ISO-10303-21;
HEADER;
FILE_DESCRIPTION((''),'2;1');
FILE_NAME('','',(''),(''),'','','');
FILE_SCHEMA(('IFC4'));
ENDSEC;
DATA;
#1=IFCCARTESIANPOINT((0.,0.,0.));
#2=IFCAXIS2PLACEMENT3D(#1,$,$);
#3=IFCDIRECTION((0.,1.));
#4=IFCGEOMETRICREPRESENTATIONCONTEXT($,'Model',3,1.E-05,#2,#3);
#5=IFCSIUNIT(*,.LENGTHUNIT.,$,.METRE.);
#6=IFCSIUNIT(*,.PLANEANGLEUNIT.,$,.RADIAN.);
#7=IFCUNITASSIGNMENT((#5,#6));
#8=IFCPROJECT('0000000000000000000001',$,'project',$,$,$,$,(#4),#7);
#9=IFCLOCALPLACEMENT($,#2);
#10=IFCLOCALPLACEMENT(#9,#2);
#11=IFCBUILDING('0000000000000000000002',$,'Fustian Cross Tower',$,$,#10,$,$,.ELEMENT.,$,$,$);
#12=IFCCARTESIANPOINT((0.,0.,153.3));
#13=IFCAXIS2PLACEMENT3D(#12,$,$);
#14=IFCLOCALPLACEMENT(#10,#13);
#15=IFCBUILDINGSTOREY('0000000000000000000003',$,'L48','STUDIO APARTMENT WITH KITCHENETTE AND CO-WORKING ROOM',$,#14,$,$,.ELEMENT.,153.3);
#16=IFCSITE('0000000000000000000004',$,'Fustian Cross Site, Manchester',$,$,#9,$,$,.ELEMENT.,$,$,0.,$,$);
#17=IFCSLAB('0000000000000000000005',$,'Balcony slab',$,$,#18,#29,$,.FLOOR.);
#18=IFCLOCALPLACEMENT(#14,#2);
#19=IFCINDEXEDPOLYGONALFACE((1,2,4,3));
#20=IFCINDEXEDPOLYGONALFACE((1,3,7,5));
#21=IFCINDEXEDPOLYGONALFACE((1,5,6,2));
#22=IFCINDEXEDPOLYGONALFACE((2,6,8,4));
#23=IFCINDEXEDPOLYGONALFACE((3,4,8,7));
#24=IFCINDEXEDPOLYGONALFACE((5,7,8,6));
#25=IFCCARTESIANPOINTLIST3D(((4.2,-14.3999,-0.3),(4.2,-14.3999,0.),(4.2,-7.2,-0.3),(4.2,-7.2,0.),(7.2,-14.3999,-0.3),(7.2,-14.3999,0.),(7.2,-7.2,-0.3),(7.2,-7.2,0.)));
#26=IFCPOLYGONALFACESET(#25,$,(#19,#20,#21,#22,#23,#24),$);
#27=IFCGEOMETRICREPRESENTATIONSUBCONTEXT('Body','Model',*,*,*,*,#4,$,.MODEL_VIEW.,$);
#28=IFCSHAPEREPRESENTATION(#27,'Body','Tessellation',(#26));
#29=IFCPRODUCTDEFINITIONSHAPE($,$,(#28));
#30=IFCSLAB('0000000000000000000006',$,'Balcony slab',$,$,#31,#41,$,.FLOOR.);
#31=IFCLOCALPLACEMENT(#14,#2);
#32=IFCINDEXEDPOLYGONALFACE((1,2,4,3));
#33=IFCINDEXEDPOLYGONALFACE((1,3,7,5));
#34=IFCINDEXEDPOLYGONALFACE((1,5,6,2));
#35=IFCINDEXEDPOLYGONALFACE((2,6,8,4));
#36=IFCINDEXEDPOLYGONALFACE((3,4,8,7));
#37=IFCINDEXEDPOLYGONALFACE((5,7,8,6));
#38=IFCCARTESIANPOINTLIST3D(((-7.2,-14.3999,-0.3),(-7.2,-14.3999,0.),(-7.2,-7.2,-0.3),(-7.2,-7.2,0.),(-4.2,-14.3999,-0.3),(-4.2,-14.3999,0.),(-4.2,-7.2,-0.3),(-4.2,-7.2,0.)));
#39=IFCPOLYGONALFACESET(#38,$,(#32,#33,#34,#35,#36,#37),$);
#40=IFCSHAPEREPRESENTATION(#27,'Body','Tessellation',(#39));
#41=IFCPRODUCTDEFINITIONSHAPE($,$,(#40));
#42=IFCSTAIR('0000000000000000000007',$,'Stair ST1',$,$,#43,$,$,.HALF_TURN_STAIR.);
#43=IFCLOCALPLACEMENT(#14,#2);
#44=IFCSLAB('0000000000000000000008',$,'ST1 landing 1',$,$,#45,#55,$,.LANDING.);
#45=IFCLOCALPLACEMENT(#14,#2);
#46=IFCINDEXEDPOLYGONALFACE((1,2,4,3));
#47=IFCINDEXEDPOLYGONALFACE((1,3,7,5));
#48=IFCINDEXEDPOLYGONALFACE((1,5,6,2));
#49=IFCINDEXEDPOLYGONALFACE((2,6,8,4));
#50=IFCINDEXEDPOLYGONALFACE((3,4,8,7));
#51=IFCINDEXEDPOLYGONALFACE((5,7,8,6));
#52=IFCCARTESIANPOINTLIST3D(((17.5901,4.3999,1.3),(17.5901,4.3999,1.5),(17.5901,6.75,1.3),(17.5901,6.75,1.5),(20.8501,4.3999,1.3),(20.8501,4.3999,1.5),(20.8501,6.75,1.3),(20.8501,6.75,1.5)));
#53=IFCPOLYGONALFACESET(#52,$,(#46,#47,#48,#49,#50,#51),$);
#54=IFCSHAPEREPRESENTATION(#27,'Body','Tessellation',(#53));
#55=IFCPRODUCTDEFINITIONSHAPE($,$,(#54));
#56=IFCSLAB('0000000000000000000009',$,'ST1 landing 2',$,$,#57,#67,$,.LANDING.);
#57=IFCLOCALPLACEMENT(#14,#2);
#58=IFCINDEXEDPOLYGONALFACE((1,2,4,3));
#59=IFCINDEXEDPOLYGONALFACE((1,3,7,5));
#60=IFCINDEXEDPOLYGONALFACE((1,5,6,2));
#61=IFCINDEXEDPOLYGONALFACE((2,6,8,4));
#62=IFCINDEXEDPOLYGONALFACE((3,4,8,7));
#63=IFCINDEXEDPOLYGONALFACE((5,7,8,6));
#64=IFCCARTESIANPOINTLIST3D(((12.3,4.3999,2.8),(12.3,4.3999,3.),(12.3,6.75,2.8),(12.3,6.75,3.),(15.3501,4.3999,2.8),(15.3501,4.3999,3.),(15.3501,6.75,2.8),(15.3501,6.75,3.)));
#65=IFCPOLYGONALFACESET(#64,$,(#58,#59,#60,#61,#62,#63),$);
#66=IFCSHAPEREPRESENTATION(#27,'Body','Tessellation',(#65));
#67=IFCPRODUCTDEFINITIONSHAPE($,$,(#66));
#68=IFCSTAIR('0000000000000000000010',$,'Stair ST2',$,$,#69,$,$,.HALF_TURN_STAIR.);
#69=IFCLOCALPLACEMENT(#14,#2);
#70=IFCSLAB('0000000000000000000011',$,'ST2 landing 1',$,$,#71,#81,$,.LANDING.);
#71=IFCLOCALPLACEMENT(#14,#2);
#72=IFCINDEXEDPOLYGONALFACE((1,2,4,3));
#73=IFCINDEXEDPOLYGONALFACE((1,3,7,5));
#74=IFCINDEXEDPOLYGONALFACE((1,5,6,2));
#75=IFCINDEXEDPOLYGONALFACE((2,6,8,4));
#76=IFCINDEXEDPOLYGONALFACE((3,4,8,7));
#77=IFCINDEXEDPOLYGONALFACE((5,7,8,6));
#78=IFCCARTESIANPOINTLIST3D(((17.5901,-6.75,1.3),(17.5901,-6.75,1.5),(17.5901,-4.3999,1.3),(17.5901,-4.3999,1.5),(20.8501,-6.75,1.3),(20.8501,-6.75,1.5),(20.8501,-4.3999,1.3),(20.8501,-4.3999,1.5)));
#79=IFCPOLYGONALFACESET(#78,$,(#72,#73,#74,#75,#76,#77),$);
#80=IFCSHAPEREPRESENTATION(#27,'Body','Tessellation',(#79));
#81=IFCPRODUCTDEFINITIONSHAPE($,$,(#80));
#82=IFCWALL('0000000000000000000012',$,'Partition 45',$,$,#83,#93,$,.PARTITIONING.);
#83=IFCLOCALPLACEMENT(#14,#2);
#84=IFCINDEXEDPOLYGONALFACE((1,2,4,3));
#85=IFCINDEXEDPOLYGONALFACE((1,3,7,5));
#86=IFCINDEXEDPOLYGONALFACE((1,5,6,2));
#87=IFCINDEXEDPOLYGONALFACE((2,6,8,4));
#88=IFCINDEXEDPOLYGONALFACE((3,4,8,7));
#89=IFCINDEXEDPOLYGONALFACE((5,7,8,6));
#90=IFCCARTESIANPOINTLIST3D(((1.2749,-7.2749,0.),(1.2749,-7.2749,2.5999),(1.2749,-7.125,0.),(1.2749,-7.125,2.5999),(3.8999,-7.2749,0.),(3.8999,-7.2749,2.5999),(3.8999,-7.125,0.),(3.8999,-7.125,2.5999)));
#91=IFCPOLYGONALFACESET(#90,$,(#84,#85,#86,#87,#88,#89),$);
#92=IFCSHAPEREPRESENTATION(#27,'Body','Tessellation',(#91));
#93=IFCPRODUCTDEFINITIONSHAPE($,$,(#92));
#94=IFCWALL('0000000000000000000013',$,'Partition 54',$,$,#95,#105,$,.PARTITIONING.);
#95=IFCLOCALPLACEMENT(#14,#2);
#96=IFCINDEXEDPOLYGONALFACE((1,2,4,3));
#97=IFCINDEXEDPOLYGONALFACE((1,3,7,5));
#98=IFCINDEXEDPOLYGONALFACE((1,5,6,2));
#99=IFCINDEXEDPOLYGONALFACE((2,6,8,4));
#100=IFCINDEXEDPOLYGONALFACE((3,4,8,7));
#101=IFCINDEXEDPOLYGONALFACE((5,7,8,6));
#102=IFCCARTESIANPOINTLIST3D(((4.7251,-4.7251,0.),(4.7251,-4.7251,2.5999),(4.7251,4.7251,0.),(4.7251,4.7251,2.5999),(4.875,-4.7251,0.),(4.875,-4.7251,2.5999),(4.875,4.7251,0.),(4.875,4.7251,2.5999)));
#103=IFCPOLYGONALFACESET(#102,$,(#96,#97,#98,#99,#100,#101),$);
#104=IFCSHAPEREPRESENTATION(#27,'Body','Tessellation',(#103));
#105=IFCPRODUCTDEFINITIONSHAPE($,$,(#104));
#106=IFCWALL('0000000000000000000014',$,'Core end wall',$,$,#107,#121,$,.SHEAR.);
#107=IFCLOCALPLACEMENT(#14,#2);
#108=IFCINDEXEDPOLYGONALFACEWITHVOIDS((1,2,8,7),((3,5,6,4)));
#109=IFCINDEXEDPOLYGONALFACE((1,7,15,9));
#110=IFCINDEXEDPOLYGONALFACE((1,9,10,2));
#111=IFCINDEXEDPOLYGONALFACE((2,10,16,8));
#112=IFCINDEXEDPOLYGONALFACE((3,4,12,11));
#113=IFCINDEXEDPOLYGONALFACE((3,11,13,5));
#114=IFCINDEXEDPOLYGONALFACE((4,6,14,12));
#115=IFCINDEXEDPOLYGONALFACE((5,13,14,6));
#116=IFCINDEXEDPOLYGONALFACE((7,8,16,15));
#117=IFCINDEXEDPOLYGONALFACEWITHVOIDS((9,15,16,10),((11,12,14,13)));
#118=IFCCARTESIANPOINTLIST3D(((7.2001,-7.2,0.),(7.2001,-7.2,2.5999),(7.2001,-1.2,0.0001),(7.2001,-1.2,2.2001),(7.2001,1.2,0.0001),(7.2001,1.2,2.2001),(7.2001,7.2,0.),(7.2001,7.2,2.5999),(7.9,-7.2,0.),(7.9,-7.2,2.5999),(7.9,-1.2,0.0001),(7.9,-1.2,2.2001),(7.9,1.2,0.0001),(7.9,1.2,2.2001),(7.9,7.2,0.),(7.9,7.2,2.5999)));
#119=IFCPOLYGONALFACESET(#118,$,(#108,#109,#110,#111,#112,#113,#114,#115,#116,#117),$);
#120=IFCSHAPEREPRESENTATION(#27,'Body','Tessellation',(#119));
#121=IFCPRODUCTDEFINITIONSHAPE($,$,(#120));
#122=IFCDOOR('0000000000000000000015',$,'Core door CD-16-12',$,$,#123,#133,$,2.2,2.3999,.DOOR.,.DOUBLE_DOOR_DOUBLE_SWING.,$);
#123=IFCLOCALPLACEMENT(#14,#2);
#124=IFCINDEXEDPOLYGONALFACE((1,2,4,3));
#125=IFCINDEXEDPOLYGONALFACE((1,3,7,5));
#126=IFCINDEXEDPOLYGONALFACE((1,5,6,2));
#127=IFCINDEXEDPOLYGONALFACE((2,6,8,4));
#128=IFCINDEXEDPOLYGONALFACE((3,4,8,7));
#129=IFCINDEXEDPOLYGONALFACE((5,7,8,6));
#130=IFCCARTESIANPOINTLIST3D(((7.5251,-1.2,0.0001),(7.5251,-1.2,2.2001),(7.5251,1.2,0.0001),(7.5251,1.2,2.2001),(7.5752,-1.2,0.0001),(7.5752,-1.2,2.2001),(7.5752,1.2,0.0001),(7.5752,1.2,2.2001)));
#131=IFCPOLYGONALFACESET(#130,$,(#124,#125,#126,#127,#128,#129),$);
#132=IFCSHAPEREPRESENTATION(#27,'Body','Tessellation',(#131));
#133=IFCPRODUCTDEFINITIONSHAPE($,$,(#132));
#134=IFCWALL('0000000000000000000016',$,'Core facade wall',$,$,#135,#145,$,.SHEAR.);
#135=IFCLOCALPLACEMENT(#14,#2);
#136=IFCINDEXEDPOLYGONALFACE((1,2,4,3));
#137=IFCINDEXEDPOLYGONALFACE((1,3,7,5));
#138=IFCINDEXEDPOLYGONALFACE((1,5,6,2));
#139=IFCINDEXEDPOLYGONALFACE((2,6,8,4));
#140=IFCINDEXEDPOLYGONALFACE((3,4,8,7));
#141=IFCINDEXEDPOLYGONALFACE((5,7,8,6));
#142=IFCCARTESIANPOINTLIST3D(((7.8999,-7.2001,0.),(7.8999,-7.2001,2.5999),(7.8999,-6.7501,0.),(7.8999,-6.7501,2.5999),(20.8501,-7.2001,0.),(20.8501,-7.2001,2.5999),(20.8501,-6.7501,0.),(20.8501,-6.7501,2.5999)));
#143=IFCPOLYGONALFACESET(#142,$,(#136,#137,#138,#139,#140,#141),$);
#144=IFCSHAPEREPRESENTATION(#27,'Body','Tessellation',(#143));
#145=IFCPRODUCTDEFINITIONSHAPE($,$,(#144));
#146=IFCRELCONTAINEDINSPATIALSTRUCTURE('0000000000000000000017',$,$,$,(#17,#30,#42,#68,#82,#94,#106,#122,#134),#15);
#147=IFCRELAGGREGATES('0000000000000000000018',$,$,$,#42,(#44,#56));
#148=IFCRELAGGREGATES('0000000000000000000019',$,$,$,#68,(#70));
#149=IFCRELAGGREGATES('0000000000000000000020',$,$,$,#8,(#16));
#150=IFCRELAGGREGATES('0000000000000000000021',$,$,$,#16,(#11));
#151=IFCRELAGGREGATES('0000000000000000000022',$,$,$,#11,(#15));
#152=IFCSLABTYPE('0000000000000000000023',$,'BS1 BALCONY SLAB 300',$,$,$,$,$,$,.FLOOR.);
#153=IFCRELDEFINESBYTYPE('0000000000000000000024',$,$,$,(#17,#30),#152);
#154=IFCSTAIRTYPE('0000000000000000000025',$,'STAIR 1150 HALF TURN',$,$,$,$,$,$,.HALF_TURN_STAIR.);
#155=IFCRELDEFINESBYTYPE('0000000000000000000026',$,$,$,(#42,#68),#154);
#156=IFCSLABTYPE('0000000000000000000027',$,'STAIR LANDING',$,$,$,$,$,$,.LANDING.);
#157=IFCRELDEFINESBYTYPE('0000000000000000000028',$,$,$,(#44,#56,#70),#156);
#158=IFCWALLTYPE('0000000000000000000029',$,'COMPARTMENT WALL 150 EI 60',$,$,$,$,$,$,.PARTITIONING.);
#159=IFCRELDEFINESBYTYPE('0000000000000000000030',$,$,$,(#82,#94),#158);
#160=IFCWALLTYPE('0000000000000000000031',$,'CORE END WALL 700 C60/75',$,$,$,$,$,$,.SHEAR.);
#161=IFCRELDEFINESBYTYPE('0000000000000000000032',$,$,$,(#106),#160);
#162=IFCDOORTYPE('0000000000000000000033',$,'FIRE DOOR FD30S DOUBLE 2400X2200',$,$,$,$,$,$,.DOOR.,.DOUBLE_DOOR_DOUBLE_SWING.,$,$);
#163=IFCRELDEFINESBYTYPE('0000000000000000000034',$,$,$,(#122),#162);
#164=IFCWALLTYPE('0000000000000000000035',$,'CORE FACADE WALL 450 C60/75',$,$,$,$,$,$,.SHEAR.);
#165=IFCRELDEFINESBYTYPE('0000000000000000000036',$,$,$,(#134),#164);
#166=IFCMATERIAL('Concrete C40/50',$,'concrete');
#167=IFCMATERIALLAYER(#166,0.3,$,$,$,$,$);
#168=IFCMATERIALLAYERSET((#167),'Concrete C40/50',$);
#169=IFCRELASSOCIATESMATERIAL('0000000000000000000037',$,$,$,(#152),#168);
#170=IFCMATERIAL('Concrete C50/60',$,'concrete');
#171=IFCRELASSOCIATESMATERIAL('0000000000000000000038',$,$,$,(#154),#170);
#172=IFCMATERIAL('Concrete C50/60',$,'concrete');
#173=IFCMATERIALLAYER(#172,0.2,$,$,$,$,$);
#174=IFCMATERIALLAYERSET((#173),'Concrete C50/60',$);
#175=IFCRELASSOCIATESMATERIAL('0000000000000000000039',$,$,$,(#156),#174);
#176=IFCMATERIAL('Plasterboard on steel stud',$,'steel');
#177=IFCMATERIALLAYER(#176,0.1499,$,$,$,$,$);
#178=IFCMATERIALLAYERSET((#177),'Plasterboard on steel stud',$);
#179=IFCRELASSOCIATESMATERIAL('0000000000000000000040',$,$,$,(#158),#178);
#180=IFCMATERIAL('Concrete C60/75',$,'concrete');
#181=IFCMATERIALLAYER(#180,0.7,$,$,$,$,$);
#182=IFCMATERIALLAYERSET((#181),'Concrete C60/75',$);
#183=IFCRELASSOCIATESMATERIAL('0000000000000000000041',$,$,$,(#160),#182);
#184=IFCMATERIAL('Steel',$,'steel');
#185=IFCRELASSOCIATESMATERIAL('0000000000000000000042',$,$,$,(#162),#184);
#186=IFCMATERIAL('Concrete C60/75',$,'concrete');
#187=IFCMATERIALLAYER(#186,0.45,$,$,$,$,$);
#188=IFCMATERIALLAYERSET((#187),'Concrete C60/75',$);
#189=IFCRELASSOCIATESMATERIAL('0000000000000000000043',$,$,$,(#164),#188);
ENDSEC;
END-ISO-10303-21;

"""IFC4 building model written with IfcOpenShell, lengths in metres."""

from ifc_helpers import new_model, si_unit, direction, frame, frame_2d, origin, place, context, subcontext, project, spatial, polyline, rectangle, outline, extrude, material, layer, layer_set, type_object, element, fill, aggregate, save


model = new_model("IFC4")

# Units and contexts
model_context = context("Model", 3, precision=1e-05, world=origin(), true_north=direction((0.0, 1.0)))
body_context = subcontext(model_context, "Body", "Model", "MODEL_VIEW")
ifc_project = project(units=[si_unit("LENGTHUNIT", "METRE"), si_unit("PLANEANGLEUNIT", "RADIAN")], contexts=[model_context])

# Site, building, storey
site_placement = place(None, origin())
site = spatial("IfcSite", under=ifc_project, at=site_placement, Name="Fustian Cross Site, Manchester", CompositionType="ELEMENT", RefElevation=0.0)
building_placement = place(site_placement, origin())
building = spatial("IfcBuilding", under=site, at=building_placement, Name="Fustian Cross Tower", CompositionType="ELEMENT")
storey_placement = place(building_placement, frame((0.0, 0.0, 153.3)))
storey = spatial("IfcBuildingStorey", under=building, at=storey_placement, Name="L48", Description="STUDIO APARTMENT WITH KITCHENETTE AND CO-WORKING ROOM", CompositionType="ELEMENT", Elevation=153.3)

# Slabs
ifc_material_1 = material(Name="Concrete C40/50", Category="concrete")
ifc_layer_1 = layer(ifc_material_1, 0.3)
ifc_layer_set_1 = layer_set([ifc_layer_1], Name="Concrete C40/50")
slab_type_1 = type_object("IfcSlabType", Name="BS1 BALCONY SLAB 300", PredefinedType="FLOOR", material=ifc_layer_set_1)
slab_1_placement = place(storey_placement, frame((0.0, 0.0, -0.3)))
element("IfcSlab", 1, at=slab_1_placement, inside=storey, type_object=slab_type_1, Name="Balcony slab", PredefinedType="FLOOR", context=body_context, shape_type="SweptSolid", body=[
    extrude(outline(polyline([(4.2, -14.3999), (7.2, -14.3999), (7.2, -7.2), (4.2, -7.2), (4.2, -14.3999)])), origin(), (0.0, 0.0, 1.0), 0.3),
])
slab_2_placement = place(storey_placement, frame((0.0, 0.0, -0.3)))
element("IfcSlab", 2, at=slab_2_placement, inside=storey, type_object=slab_type_1, Name="Balcony slab", PredefinedType="FLOOR", context=body_context, shape_type="SweptSolid", body=[
    extrude(outline(polyline([(-7.2, -14.3999), (-4.2, -14.3999), (-4.2, -7.2), (-7.2, -7.2), (-7.2, -14.3999)])), origin(), (0.0, 0.0, 1.0), 0.3),
])

# Stair, slabs
ifc_material_2 = material(Name="Concrete C50/60", Category="concrete")
stair_type = type_object("IfcStairType", Name="STAIR 1150 HALF TURN", PredefinedType="HALF_TURN_STAIR", material=ifc_material_2)
stair_1_placement = place(storey_placement, origin())
stair_1 = element("IfcStair", 3, at=stair_1_placement, inside=storey, type_object=stair_type, Name="Stair ST1", PredefinedType="HALF_TURN_STAIR")
ifc_material_3 = material(Name="Concrete C50/60", Category="concrete")
ifc_layer_2 = layer(ifc_material_3, 0.2)
ifc_layer_set_2 = layer_set([ifc_layer_2], Name="Concrete C50/60")
slab_type_2 = type_object("IfcSlabType", Name="STAIR LANDING", PredefinedType="LANDING", material=ifc_layer_set_2)
slab_3_placement = place(storey_placement, frame((0.0, 0.0, 1.3)))
slab_3 = element("IfcSlab", 4, at=slab_3_placement, type_object=slab_type_2, Name="ST1 landing 1", PredefinedType="LANDING", context=body_context, shape_type="SweptSolid", body=[
    extrude(outline(polyline([(17.5901, 4.3999), (20.8501, 4.3999), (20.8501, 6.75), (17.5901, 6.75), (17.5901, 4.3999)])), origin(), (0.0, 0.0, 1.0), 0.2),
])
slab_4_placement = place(storey_placement, frame((0.0, 0.0, 2.8)))
slab_4 = element("IfcSlab", 5, at=slab_4_placement, type_object=slab_type_2, Name="ST1 landing 2", PredefinedType="LANDING", context=body_context, shape_type="SweptSolid", body=[
    extrude(outline(polyline([(12.3, 4.3999), (15.3501, 4.3999), (15.3501, 6.75), (12.3, 6.75), (12.3, 4.3999)])), origin(), (0.0, 0.0, 1.0), 0.2),
])
aggregate(stair_1, [slab_3, slab_4])

# Stair, slab
stair_2_placement = place(storey_placement, origin())
stair_2 = element("IfcStair", 6, at=stair_2_placement, inside=storey, type_object=stair_type, Name="Stair ST2", PredefinedType="HALF_TURN_STAIR")
slab_5_placement = place(storey_placement, frame((0.0, 0.0, 1.3)))
slab_5 = element("IfcSlab", 7, at=slab_5_placement, type_object=slab_type_2, Name="ST2 landing 1", PredefinedType="LANDING", context=body_context, shape_type="SweptSolid", body=[
    extrude(outline(polyline([(17.5901, -4.3999), (20.8501, -4.3999), (20.8501, -6.75), (17.5901, -6.75), (17.5901, -4.3999)])), origin(), (0.0, 0.0, 1.0), 0.2),
])
aggregate(stair_2, [slab_5])

# Walls
ifc_material_4 = material(Name="Plasterboard on steel stud", Category="steel")
ifc_layer_3 = layer(ifc_material_4, 0.1499)
ifc_layer_set_3 = layer_set([ifc_layer_3], Name="Plasterboard on steel stud")
wall_type_1 = type_object("IfcWallType", Name="COMPARTMENT WALL 150 EI 60", PredefinedType="PARTITIONING", material=ifc_layer_set_3)
wall_1_placement = place(storey_placement, frame((1.2749, -7.2, 0.0), z_axis=(0.0, 0.0, 1.0), x_axis=(1.0, 0.0, 0.0)))
element("IfcWall", 8, at=wall_1_placement, inside=storey, type_object=wall_type_1, Name="Partition 45", PredefinedType="PARTITIONING", context=body_context, shape_type="SweptSolid", body=[
    extrude(rectangle(XDim=2.625, YDim=0.1499, at=frame_2d((1.3125, 0.0))), origin(), (0.0, 0.0, 1.0), 2.5999),
])
wall_2_placement = place(storey_placement, frame((4.8, -4.7251, 0.0), z_axis=(0.0, 0.0, 1.0), x_axis=(0.0, 1.0, 0.0)))
element("IfcWall", 9, at=wall_2_placement, inside=storey, type_object=wall_type_1, Name="Partition 54", PredefinedType="PARTITIONING", context=body_context, shape_type="SweptSolid", body=[
    extrude(rectangle(XDim=9.4502, YDim=0.1499, at=frame_2d((4.7251, 0.0))), origin(), (0.0, 0.0, 1.0), 2.5999),
])

# Wall, opening, door
ifc_material_5 = material(Name="Concrete C60/75", Category="concrete")
ifc_layer_4 = layer(ifc_material_5, 0.7)
ifc_layer_set_4 = layer_set([ifc_layer_4], Name="Concrete C60/75")
wall_type_2 = type_object("IfcWallType", Name="CORE END WALL 700 C60/75", PredefinedType="SHEAR", material=ifc_layer_set_4)
wall_3_placement = place(storey_placement, frame((7.55, -7.2, 0.0), z_axis=(0.0, 0.0, 1.0), x_axis=(0.0, 1.0, 0.0)))
wall_3 = element("IfcWall", 10, at=wall_3_placement, inside=storey, type_object=wall_type_2, Name="Core end wall", PredefinedType="SHEAR", context=body_context, shape_type="SweptSolid", body=[
    extrude(rectangle(XDim=14.3999, YDim=0.7, at=frame_2d((7.2, 0.0))), origin(), (0.0, 0.0, 1.0), 2.5999),
])
opening_1_placement = place(wall_3_placement, frame((6.0, 0.0, 0.0)))
opening_1 = element("IfcOpeningElement", 11, at=opening_1_placement, cuts=wall_3, PredefinedType="OPENING", context=body_context, shape_type="SweptSolid", body=[
    extrude(rectangle(XDim=2.3999, YDim=2.2, at=frame_2d((1.2, 1.1001))), frame((0.0, 0.3599, 0.0), z_axis=(0.0, -1.0, 0.0), x_axis=(1.0, 0.0, 0.0)), (0.0, 0.0, 1.0), 0.72),
])
ifc_material_6 = material(Name="Steel", Category="steel")
door_type_1 = type_object("IfcDoorType", Name="FIRE DOOR FD30S DOUBLE 2400X2200", OperationType="DOUBLE_DOOR_DOUBLE_SWING", PredefinedType="DOOR", material=ifc_material_6)
door_1_placement = place(opening_1_placement, origin())
door_1 = element("IfcDoor", 12, at=door_1_placement, inside=storey, type_object=door_type_1, Name="Core door CD-16-12", OperationType="DOUBLE_DOOR_DOUBLE_SWING", OverallHeight=2.2, OverallWidth=2.3999, PredefinedType="DOOR", context=body_context, shape_type="SweptSolid", body=[
    extrude(rectangle(XDim=2.3999, YDim=2.2, at=frame_2d((1.2, 1.1001))), frame((0.0, 0.0249, 0.0), z_axis=(0.0, -1.0, 0.0), x_axis=(1.0, 0.0, 0.0)), (0.0, 0.0, 1.0), 0.05),
])
fill(opening_1, door_1)

# Wall
ifc_material_7 = material(Name="Concrete C60/75", Category="concrete")
ifc_layer_5 = layer(ifc_material_7, 0.45)
ifc_layer_set_5 = layer_set([ifc_layer_5], Name="Concrete C60/75")
wall_type_3 = type_object("IfcWallType", Name="CORE FACADE WALL 450 C60/75", PredefinedType="SHEAR", material=ifc_layer_set_5)
wall_4_placement = place(storey_placement, frame((7.8999, -6.9751, 0.0), z_axis=(0.0, 0.0, 1.0), x_axis=(1.0, 0.0, 0.0)))
element("IfcWall", 13, at=wall_4_placement, inside=storey, type_object=wall_type_3, Name="Core facade wall", PredefinedType="SHEAR", context=body_context, shape_type="SweptSolid", body=[
    extrude(rectangle(XDim=12.9502, YDim=0.45, at=frame_2d((6.4751, 0.0))), origin(), (0.0, 0.0, 1.0), 2.5999),
])

save(model, "model.ifc")
